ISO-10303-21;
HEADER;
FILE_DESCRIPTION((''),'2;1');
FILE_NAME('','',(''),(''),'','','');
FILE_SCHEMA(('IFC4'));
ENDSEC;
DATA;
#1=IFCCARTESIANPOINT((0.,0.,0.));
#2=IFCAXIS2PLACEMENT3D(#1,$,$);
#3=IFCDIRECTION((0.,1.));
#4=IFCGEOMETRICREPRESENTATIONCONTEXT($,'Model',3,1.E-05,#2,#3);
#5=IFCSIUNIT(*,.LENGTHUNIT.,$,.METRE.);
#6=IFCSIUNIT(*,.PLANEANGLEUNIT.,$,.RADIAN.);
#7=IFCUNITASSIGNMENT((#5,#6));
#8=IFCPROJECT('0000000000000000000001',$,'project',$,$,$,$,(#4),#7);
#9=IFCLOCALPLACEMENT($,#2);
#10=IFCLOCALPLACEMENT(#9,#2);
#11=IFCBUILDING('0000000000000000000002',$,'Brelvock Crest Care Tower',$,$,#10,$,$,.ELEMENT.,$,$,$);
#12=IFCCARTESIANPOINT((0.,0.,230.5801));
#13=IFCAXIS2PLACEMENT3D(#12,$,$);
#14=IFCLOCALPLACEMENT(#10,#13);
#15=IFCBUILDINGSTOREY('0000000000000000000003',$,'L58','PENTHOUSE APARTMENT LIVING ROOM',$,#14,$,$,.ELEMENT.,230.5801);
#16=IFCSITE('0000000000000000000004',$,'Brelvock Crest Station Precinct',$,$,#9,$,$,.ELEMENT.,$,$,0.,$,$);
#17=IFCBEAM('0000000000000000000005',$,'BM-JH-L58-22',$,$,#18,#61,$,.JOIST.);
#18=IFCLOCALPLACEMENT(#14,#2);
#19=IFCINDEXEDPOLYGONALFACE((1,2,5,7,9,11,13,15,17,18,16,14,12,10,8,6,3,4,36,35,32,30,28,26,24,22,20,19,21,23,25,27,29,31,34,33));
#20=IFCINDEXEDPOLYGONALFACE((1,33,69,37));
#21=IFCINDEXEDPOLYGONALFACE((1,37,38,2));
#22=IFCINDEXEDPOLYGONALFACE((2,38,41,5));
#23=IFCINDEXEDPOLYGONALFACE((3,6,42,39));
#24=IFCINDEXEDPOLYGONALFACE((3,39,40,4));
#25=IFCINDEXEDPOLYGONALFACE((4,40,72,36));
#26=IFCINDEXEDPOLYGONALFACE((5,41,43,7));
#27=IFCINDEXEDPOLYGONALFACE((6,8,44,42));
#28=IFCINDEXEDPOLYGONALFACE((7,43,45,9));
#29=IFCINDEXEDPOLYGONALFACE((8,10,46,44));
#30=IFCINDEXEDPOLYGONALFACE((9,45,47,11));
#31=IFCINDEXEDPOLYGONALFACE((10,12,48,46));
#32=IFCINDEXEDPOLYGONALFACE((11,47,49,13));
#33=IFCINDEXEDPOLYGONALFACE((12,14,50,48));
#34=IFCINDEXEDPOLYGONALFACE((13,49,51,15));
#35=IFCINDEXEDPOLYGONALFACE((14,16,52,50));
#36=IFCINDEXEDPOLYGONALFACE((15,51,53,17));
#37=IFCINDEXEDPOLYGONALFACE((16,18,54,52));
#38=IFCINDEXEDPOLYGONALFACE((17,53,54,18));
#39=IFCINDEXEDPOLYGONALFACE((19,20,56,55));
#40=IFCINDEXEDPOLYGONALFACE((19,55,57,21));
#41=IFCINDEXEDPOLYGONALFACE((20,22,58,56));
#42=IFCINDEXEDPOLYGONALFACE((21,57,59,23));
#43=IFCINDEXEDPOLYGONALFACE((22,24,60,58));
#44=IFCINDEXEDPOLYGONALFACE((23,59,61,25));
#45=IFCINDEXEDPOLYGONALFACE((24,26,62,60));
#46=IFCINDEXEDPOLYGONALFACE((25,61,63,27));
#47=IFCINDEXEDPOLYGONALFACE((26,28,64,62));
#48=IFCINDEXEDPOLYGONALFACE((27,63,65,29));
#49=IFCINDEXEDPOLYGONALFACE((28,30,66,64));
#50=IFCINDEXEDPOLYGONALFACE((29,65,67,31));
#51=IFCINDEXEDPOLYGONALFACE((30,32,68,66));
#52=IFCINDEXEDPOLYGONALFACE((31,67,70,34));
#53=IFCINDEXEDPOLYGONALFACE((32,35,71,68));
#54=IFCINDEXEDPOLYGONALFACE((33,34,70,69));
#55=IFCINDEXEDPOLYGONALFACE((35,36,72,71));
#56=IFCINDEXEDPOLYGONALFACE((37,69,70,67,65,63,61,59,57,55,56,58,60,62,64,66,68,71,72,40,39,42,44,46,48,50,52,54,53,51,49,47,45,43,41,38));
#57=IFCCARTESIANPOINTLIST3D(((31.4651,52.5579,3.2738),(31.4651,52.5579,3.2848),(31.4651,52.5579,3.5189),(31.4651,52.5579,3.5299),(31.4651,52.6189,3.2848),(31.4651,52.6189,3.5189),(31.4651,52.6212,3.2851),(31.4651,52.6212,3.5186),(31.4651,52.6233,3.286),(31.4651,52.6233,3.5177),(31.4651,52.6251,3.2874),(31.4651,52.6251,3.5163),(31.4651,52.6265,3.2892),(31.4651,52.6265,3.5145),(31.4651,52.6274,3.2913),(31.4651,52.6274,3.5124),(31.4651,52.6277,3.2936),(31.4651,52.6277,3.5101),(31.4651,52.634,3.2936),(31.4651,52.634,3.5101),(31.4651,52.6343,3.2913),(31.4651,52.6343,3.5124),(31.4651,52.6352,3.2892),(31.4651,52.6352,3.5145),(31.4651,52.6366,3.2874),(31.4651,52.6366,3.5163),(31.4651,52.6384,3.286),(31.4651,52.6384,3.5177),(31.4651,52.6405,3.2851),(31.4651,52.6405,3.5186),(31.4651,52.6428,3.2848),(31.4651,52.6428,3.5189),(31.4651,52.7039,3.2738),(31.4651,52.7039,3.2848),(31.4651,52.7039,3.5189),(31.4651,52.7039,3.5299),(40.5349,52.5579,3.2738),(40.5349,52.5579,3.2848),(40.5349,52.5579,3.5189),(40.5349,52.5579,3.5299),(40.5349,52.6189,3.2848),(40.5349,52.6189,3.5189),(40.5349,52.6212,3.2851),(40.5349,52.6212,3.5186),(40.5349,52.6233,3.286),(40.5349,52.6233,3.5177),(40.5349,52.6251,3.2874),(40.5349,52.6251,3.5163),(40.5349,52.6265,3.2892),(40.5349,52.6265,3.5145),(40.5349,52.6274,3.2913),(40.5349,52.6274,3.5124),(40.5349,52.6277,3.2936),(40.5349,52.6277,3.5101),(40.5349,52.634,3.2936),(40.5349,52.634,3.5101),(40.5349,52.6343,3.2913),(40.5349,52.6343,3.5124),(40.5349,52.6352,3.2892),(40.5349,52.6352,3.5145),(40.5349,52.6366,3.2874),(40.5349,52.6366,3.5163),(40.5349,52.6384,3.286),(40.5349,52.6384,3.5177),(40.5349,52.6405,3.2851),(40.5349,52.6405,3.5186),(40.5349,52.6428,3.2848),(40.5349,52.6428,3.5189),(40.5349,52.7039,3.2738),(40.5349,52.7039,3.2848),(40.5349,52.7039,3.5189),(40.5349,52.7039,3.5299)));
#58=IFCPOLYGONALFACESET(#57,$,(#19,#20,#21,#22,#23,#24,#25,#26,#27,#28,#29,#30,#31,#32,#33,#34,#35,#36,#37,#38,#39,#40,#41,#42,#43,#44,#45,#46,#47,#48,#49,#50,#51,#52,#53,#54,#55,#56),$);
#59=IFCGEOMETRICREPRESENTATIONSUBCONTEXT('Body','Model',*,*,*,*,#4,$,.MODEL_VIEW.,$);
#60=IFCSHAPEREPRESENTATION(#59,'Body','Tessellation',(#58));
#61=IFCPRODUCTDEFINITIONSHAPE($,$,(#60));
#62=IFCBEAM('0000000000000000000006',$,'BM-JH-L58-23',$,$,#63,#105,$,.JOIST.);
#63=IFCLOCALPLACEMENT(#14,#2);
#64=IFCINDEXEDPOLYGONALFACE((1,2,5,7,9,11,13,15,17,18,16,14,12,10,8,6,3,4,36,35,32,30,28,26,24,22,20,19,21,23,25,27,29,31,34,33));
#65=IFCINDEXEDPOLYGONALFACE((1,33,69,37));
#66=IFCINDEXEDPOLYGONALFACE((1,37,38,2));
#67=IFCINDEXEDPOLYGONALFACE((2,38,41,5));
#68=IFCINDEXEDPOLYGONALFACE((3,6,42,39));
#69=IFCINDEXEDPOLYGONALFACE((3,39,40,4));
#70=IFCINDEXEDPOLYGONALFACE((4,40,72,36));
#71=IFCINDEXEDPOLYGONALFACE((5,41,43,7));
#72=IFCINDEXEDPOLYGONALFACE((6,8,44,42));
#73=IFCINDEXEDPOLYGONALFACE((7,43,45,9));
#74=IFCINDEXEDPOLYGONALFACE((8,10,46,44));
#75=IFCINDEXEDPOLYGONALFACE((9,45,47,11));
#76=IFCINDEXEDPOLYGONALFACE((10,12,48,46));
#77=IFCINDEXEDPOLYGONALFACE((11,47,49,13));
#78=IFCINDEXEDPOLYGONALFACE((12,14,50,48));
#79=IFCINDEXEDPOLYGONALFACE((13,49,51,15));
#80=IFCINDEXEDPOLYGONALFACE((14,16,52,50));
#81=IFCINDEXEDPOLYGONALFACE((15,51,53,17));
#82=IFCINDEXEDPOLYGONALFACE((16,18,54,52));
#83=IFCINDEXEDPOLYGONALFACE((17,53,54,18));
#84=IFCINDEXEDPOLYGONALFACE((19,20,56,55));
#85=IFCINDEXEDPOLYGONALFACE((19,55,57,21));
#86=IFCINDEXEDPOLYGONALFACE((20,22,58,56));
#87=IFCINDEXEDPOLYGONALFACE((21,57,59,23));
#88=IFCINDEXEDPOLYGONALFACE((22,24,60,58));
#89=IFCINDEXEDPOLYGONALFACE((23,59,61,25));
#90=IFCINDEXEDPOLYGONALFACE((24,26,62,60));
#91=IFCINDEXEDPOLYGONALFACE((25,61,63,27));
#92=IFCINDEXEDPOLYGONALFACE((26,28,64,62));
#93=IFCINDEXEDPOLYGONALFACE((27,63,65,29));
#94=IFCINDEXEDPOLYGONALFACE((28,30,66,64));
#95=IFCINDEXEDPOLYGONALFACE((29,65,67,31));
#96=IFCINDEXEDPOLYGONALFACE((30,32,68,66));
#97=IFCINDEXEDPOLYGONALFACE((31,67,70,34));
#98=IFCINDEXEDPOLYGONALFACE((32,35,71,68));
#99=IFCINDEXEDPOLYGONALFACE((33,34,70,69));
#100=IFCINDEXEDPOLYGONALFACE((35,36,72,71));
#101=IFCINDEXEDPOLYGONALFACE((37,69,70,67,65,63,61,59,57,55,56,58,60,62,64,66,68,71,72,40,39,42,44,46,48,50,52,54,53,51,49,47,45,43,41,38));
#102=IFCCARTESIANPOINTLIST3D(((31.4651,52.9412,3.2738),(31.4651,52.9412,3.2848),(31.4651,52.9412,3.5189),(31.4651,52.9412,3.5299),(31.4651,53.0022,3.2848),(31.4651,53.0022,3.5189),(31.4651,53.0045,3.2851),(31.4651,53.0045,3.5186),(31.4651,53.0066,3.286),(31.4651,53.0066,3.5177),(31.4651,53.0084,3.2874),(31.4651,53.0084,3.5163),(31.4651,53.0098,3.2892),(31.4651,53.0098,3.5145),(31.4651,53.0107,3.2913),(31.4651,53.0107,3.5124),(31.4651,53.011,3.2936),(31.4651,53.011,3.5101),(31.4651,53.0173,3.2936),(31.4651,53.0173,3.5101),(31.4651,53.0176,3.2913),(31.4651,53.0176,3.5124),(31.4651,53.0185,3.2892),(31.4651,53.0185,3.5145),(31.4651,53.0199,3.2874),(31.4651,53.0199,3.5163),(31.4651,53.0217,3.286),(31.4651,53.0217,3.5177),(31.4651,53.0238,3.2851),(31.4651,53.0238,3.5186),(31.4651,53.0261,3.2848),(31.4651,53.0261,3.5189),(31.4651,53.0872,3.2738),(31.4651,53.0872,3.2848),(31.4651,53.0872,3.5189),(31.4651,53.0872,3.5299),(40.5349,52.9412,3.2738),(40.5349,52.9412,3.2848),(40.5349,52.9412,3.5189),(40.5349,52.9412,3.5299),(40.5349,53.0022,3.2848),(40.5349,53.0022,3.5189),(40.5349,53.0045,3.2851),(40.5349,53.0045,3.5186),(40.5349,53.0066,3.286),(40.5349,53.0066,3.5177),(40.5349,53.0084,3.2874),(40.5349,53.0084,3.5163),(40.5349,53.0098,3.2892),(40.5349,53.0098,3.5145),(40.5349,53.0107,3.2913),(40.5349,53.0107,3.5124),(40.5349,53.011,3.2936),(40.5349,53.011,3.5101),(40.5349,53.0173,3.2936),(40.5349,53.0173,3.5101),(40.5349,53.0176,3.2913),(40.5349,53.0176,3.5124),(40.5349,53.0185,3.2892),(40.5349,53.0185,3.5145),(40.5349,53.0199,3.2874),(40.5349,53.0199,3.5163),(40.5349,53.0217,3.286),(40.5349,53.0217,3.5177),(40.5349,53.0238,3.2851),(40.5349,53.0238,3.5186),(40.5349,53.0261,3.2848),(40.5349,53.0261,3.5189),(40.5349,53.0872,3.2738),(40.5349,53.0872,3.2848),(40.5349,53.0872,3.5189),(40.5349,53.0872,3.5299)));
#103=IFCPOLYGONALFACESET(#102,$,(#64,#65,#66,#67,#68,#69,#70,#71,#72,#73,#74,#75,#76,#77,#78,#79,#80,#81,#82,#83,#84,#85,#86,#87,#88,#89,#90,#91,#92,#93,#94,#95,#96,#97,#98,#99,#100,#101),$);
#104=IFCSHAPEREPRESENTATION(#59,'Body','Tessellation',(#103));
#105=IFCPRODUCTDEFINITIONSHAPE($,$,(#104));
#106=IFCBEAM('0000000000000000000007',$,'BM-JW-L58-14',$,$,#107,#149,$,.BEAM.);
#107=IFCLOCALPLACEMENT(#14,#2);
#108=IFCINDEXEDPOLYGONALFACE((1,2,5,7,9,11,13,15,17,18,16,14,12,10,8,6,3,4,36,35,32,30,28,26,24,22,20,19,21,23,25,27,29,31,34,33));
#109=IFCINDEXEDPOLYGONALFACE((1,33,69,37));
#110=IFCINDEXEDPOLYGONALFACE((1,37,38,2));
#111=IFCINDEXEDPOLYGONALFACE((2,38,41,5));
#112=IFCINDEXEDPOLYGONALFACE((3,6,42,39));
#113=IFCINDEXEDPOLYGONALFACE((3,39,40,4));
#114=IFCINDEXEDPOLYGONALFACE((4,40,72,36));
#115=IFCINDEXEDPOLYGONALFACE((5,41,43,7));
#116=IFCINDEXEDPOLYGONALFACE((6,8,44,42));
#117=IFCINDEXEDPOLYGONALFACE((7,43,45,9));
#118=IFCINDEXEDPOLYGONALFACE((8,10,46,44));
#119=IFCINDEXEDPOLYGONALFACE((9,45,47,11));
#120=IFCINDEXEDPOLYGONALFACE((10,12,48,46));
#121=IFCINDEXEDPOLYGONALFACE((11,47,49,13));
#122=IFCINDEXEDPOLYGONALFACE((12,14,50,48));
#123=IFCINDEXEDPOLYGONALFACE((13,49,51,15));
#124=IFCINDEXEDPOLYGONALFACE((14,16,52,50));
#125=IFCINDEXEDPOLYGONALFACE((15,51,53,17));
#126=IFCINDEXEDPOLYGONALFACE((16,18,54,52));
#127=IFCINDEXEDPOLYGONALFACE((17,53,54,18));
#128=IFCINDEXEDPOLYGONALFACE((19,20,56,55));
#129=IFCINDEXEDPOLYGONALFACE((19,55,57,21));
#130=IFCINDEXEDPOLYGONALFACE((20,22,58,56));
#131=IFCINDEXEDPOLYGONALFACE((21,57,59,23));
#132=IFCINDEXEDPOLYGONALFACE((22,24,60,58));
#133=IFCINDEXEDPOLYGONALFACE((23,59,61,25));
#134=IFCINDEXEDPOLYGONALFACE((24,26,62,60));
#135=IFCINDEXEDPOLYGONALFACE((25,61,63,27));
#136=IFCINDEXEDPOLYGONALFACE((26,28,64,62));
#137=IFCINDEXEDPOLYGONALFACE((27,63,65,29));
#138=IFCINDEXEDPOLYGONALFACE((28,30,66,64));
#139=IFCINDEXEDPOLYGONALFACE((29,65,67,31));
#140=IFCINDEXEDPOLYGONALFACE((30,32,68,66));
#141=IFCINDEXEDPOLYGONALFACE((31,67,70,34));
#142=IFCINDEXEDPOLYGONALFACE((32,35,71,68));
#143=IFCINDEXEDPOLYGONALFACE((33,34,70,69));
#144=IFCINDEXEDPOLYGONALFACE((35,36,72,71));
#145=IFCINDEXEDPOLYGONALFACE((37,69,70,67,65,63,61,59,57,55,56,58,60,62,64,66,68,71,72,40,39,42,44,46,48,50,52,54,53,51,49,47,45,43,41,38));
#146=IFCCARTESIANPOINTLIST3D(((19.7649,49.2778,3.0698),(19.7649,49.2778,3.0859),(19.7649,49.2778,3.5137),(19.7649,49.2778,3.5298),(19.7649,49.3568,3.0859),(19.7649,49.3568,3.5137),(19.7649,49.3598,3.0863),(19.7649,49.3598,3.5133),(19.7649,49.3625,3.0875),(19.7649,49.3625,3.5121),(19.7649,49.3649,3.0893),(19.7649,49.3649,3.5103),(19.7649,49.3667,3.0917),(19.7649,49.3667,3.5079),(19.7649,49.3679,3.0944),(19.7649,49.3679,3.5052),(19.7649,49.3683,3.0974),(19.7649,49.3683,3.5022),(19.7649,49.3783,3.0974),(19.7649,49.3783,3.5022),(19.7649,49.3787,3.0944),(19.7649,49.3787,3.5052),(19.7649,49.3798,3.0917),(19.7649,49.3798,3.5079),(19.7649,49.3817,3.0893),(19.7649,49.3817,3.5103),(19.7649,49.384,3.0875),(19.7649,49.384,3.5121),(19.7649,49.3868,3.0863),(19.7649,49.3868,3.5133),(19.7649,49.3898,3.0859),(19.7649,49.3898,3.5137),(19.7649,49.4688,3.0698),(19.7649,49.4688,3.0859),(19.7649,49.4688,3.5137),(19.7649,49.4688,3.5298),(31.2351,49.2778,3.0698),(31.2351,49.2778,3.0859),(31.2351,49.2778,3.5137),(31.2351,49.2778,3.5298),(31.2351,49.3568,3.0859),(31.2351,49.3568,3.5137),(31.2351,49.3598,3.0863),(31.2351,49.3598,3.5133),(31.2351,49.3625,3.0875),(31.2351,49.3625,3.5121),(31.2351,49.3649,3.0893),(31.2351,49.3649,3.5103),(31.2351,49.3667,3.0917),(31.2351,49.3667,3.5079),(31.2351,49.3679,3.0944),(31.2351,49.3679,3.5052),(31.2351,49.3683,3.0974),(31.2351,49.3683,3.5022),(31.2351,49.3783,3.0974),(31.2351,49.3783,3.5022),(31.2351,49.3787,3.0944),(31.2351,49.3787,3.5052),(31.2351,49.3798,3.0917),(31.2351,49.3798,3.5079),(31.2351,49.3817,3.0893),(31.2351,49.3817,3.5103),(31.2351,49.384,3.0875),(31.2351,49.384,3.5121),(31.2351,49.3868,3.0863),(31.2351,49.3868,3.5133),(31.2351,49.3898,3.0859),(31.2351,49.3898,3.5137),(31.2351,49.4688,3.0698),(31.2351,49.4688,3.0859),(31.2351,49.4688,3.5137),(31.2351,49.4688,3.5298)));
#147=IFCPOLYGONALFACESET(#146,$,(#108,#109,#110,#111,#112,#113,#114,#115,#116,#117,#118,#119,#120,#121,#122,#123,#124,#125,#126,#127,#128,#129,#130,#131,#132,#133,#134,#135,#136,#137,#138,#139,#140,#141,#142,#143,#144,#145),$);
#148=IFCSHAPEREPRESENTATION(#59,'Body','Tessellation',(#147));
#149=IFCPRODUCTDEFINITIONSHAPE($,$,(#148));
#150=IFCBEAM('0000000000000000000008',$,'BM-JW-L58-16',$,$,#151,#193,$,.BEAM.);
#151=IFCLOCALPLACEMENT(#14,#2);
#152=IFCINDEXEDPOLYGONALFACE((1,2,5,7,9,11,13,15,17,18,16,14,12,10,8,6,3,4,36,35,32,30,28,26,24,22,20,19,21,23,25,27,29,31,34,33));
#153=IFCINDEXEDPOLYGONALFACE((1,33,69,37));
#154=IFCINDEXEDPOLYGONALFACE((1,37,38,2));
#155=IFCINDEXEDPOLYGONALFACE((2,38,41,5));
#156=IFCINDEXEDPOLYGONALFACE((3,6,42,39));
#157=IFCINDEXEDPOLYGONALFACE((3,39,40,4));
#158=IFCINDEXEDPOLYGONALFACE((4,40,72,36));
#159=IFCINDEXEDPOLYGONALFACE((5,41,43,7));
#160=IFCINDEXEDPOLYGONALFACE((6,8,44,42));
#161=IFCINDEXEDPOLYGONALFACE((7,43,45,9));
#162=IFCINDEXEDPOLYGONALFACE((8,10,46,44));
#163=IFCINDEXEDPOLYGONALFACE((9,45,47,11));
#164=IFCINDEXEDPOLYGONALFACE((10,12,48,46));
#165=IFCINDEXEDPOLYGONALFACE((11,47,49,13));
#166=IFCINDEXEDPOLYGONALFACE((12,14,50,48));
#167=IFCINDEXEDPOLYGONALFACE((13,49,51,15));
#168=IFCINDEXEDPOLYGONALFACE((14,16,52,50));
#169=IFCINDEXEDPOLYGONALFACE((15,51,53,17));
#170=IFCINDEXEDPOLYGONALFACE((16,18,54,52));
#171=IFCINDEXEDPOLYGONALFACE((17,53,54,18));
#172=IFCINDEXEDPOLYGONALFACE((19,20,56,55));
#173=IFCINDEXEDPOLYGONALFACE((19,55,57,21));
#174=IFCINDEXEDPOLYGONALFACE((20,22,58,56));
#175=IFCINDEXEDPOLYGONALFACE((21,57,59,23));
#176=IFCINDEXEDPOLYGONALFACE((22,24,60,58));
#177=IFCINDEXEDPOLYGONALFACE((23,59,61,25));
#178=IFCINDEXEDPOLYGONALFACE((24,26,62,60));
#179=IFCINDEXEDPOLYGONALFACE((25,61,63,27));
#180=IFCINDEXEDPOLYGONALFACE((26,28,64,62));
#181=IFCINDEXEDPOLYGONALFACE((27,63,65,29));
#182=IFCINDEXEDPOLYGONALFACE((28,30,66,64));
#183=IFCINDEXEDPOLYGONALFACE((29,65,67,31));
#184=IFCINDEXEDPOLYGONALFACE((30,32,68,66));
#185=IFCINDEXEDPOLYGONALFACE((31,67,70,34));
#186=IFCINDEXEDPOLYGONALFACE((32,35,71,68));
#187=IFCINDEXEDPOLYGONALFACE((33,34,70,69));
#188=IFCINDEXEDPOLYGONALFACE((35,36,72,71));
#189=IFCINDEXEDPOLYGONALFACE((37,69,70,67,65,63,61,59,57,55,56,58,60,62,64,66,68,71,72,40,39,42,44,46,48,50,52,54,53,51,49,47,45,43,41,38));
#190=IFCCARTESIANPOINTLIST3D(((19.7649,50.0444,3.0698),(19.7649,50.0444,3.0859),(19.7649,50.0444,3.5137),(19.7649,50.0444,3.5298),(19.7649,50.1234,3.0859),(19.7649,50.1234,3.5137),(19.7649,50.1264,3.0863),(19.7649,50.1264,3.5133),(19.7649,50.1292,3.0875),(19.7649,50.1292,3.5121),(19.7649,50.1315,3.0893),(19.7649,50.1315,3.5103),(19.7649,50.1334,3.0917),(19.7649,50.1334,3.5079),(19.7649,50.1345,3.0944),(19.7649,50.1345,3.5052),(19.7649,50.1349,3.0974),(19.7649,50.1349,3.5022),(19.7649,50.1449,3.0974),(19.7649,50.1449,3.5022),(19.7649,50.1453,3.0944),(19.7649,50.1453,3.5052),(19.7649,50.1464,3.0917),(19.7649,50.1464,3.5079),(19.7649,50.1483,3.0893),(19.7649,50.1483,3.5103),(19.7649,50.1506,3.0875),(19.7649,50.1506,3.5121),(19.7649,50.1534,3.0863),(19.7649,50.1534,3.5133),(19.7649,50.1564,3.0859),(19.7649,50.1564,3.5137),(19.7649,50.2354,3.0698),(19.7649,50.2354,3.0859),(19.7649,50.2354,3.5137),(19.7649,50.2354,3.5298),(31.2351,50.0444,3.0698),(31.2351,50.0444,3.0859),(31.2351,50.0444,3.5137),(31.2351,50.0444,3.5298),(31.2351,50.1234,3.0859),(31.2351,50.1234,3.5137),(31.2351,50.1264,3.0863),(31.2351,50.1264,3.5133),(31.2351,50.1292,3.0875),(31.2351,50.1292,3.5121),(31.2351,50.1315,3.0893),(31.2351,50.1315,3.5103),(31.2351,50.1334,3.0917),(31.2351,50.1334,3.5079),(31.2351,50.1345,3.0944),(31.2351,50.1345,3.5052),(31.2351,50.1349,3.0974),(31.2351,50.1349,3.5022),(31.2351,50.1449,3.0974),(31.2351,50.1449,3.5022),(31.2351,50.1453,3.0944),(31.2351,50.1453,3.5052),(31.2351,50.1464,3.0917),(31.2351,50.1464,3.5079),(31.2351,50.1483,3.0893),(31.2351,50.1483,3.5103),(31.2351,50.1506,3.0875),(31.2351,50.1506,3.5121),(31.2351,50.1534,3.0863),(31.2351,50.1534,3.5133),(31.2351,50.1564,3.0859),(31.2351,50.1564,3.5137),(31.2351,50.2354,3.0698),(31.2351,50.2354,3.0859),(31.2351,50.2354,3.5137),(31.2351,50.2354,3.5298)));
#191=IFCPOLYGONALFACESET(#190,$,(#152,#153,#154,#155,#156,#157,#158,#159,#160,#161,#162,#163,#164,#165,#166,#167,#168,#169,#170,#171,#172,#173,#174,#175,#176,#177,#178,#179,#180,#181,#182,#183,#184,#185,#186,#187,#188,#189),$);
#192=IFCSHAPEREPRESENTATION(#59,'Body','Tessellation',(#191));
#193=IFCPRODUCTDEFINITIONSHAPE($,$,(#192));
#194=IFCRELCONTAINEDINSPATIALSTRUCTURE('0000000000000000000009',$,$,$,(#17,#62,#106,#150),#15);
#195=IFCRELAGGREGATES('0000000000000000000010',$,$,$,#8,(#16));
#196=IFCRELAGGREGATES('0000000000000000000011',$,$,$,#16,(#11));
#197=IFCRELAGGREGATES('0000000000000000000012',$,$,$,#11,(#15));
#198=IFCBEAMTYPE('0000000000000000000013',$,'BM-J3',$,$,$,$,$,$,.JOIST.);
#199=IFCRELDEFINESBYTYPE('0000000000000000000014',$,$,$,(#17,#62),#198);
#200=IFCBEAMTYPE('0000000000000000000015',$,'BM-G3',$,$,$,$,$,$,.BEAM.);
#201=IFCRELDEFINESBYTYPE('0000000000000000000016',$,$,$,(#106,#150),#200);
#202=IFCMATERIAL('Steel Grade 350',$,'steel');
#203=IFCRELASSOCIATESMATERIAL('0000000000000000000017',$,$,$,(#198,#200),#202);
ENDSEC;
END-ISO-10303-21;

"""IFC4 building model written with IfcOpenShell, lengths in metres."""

from ifc_helpers import new_model, si_unit, direction, frame, origin, origin_2d, place, context, subcontext, project, spatial, i_section, extrude, source, transform, mapped, material, material_profile, profile_set, type_object, element, save


model = new_model("IFC4")

# Units and contexts
model_context = context("Model", 3, precision=1e-05, world=origin(), true_north=direction((0.0, 1.0)))
body_context = subcontext(model_context, "Body", "Model", "MODEL_VIEW")
ifc_project = project(units=[si_unit("LENGTHUNIT", "METRE"), si_unit("PLANEANGLEUNIT", "RADIAN")], contexts=[model_context])

# Site, building, storey
site_placement = place(None, origin())
site = spatial("IfcSite", under=ifc_project, at=site_placement, Name="Brelvock Crest Station Precinct", CompositionType="ELEMENT", RefElevation=0.0)
building_placement = place(site_placement, origin())
building = spatial("IfcBuilding", under=site, at=building_placement, Name="Brelvock Crest Care Tower", CompositionType="ELEMENT")
storey_placement = place(building_placement, frame((0.0, 0.0, 230.5801)))
storey = spatial("IfcBuildingStorey", under=building, at=storey_placement, Name="L58", Description="PENTHOUSE APARTMENT LIVING ROOM", CompositionType="ELEMENT", Elevation=230.5801)

# Beams
ifc_material_1 = material(Name="Steel Grade 350", Category="steel")
ifc_material_profile_1 = material_profile(ifc_material_1, i_section(OverallWidth=0.146, OverallDepth=0.2561, WebThickness=0.0063, FlangeThickness=0.011, FilletRadius=0.0088, at=origin_2d()), Name="250UB37.3")
ifc_profile_set_1 = profile_set([ifc_material_profile_1], Name="Steel Grade 350")
beam_type_1 = type_object("IfcBeamType", Name="BM-J3", PredefinedType="JOIST", material=ifc_profile_set_1)
shared_shape_1 = source(origin(), body_context, "Body", "SweptSolid", [
    extrude(i_section(OverallWidth=0.146, OverallDepth=0.2561, WebThickness=0.0063, FlangeThickness=0.011, FilletRadius=0.0088, at=origin_2d()), origin(), (0.0, 0.0, 1.0), 9.0698),
])
for number, where, z_axis, x_axis, name in (
    (1, (31.4651, 52.6309, 3.4019), (1.0, 0.0, 0.0), (0.0, 1.0, 0.0), "BM-JH-L58-22"),
    (2, (31.4651, 53.0142, 3.4019), (1.0, 0.0, 0.0), (0.0, 1.0, 0.0), "BM-JH-L58-23"),
):
    element("IfcBeam", number, at=place(storey_placement, frame(where, z_axis=z_axis, x_axis=x_axis)), inside=storey, type_object=beam_type_1, Name=name, PredefinedType="JOIST", context=body_context, shape_type="MappedRepresentation", body=[
        mapped(shared_shape_1, transform((0.0, 0.0, 0.0), x_axis=(1.0, 0.0, 0.0), y_axis=(0.0, 1.0, 0.0), z_axis=(0.0, 0.0, 1.0), scale=1.0)),
    ])
ifc_material_profile_2 = material_profile(ifc_material_1, i_section(OverallWidth=0.1909, OverallDepth=0.46, WebThickness=0.01, FlangeThickness=0.0161, FilletRadius=0.0115, at=origin_2d()), Name="460UB82.1")
ifc_profile_set_2 = profile_set([ifc_material_profile_2], Name="Steel Grade 350")
beam_type_2 = type_object("IfcBeamType", Name="BM-G3", PredefinedType="BEAM", material=ifc_profile_set_2)
shared_shape_2 = source(origin(), body_context, "Body", "SweptSolid", [
    extrude(i_section(OverallWidth=0.1909, OverallDepth=0.46, WebThickness=0.01, FlangeThickness=0.0161, FilletRadius=0.0115, at=origin_2d()), origin(), (0.0, 0.0, 1.0), 11.4702),
])
for number, where, z_axis, x_axis, name in (
    (3, (19.7649, 49.3733, 3.2998), (1.0, 0.0, 0.0), (0.0, 1.0, 0.0), "BM-JW-L58-14"),
    (4, (19.7649, 50.1399, 3.2998), (1.0, 0.0, 0.0), (0.0, 1.0, 0.0), "BM-JW-L58-16"),
):
    element("IfcBeam", number, at=place(storey_placement, frame(where, z_axis=z_axis, x_axis=x_axis)), inside=storey, type_object=beam_type_2, Name=name, PredefinedType="BEAM", context=body_context, shape_type="MappedRepresentation", body=[
        mapped(shared_shape_2, transform((0.0, 0.0, 0.0), x_axis=(1.0, 0.0, 0.0), y_axis=(0.0, 1.0, 0.0), z_axis=(0.0, 0.0, 1.0), scale=1.0)),
    ])

save(model, "model.ifc")
